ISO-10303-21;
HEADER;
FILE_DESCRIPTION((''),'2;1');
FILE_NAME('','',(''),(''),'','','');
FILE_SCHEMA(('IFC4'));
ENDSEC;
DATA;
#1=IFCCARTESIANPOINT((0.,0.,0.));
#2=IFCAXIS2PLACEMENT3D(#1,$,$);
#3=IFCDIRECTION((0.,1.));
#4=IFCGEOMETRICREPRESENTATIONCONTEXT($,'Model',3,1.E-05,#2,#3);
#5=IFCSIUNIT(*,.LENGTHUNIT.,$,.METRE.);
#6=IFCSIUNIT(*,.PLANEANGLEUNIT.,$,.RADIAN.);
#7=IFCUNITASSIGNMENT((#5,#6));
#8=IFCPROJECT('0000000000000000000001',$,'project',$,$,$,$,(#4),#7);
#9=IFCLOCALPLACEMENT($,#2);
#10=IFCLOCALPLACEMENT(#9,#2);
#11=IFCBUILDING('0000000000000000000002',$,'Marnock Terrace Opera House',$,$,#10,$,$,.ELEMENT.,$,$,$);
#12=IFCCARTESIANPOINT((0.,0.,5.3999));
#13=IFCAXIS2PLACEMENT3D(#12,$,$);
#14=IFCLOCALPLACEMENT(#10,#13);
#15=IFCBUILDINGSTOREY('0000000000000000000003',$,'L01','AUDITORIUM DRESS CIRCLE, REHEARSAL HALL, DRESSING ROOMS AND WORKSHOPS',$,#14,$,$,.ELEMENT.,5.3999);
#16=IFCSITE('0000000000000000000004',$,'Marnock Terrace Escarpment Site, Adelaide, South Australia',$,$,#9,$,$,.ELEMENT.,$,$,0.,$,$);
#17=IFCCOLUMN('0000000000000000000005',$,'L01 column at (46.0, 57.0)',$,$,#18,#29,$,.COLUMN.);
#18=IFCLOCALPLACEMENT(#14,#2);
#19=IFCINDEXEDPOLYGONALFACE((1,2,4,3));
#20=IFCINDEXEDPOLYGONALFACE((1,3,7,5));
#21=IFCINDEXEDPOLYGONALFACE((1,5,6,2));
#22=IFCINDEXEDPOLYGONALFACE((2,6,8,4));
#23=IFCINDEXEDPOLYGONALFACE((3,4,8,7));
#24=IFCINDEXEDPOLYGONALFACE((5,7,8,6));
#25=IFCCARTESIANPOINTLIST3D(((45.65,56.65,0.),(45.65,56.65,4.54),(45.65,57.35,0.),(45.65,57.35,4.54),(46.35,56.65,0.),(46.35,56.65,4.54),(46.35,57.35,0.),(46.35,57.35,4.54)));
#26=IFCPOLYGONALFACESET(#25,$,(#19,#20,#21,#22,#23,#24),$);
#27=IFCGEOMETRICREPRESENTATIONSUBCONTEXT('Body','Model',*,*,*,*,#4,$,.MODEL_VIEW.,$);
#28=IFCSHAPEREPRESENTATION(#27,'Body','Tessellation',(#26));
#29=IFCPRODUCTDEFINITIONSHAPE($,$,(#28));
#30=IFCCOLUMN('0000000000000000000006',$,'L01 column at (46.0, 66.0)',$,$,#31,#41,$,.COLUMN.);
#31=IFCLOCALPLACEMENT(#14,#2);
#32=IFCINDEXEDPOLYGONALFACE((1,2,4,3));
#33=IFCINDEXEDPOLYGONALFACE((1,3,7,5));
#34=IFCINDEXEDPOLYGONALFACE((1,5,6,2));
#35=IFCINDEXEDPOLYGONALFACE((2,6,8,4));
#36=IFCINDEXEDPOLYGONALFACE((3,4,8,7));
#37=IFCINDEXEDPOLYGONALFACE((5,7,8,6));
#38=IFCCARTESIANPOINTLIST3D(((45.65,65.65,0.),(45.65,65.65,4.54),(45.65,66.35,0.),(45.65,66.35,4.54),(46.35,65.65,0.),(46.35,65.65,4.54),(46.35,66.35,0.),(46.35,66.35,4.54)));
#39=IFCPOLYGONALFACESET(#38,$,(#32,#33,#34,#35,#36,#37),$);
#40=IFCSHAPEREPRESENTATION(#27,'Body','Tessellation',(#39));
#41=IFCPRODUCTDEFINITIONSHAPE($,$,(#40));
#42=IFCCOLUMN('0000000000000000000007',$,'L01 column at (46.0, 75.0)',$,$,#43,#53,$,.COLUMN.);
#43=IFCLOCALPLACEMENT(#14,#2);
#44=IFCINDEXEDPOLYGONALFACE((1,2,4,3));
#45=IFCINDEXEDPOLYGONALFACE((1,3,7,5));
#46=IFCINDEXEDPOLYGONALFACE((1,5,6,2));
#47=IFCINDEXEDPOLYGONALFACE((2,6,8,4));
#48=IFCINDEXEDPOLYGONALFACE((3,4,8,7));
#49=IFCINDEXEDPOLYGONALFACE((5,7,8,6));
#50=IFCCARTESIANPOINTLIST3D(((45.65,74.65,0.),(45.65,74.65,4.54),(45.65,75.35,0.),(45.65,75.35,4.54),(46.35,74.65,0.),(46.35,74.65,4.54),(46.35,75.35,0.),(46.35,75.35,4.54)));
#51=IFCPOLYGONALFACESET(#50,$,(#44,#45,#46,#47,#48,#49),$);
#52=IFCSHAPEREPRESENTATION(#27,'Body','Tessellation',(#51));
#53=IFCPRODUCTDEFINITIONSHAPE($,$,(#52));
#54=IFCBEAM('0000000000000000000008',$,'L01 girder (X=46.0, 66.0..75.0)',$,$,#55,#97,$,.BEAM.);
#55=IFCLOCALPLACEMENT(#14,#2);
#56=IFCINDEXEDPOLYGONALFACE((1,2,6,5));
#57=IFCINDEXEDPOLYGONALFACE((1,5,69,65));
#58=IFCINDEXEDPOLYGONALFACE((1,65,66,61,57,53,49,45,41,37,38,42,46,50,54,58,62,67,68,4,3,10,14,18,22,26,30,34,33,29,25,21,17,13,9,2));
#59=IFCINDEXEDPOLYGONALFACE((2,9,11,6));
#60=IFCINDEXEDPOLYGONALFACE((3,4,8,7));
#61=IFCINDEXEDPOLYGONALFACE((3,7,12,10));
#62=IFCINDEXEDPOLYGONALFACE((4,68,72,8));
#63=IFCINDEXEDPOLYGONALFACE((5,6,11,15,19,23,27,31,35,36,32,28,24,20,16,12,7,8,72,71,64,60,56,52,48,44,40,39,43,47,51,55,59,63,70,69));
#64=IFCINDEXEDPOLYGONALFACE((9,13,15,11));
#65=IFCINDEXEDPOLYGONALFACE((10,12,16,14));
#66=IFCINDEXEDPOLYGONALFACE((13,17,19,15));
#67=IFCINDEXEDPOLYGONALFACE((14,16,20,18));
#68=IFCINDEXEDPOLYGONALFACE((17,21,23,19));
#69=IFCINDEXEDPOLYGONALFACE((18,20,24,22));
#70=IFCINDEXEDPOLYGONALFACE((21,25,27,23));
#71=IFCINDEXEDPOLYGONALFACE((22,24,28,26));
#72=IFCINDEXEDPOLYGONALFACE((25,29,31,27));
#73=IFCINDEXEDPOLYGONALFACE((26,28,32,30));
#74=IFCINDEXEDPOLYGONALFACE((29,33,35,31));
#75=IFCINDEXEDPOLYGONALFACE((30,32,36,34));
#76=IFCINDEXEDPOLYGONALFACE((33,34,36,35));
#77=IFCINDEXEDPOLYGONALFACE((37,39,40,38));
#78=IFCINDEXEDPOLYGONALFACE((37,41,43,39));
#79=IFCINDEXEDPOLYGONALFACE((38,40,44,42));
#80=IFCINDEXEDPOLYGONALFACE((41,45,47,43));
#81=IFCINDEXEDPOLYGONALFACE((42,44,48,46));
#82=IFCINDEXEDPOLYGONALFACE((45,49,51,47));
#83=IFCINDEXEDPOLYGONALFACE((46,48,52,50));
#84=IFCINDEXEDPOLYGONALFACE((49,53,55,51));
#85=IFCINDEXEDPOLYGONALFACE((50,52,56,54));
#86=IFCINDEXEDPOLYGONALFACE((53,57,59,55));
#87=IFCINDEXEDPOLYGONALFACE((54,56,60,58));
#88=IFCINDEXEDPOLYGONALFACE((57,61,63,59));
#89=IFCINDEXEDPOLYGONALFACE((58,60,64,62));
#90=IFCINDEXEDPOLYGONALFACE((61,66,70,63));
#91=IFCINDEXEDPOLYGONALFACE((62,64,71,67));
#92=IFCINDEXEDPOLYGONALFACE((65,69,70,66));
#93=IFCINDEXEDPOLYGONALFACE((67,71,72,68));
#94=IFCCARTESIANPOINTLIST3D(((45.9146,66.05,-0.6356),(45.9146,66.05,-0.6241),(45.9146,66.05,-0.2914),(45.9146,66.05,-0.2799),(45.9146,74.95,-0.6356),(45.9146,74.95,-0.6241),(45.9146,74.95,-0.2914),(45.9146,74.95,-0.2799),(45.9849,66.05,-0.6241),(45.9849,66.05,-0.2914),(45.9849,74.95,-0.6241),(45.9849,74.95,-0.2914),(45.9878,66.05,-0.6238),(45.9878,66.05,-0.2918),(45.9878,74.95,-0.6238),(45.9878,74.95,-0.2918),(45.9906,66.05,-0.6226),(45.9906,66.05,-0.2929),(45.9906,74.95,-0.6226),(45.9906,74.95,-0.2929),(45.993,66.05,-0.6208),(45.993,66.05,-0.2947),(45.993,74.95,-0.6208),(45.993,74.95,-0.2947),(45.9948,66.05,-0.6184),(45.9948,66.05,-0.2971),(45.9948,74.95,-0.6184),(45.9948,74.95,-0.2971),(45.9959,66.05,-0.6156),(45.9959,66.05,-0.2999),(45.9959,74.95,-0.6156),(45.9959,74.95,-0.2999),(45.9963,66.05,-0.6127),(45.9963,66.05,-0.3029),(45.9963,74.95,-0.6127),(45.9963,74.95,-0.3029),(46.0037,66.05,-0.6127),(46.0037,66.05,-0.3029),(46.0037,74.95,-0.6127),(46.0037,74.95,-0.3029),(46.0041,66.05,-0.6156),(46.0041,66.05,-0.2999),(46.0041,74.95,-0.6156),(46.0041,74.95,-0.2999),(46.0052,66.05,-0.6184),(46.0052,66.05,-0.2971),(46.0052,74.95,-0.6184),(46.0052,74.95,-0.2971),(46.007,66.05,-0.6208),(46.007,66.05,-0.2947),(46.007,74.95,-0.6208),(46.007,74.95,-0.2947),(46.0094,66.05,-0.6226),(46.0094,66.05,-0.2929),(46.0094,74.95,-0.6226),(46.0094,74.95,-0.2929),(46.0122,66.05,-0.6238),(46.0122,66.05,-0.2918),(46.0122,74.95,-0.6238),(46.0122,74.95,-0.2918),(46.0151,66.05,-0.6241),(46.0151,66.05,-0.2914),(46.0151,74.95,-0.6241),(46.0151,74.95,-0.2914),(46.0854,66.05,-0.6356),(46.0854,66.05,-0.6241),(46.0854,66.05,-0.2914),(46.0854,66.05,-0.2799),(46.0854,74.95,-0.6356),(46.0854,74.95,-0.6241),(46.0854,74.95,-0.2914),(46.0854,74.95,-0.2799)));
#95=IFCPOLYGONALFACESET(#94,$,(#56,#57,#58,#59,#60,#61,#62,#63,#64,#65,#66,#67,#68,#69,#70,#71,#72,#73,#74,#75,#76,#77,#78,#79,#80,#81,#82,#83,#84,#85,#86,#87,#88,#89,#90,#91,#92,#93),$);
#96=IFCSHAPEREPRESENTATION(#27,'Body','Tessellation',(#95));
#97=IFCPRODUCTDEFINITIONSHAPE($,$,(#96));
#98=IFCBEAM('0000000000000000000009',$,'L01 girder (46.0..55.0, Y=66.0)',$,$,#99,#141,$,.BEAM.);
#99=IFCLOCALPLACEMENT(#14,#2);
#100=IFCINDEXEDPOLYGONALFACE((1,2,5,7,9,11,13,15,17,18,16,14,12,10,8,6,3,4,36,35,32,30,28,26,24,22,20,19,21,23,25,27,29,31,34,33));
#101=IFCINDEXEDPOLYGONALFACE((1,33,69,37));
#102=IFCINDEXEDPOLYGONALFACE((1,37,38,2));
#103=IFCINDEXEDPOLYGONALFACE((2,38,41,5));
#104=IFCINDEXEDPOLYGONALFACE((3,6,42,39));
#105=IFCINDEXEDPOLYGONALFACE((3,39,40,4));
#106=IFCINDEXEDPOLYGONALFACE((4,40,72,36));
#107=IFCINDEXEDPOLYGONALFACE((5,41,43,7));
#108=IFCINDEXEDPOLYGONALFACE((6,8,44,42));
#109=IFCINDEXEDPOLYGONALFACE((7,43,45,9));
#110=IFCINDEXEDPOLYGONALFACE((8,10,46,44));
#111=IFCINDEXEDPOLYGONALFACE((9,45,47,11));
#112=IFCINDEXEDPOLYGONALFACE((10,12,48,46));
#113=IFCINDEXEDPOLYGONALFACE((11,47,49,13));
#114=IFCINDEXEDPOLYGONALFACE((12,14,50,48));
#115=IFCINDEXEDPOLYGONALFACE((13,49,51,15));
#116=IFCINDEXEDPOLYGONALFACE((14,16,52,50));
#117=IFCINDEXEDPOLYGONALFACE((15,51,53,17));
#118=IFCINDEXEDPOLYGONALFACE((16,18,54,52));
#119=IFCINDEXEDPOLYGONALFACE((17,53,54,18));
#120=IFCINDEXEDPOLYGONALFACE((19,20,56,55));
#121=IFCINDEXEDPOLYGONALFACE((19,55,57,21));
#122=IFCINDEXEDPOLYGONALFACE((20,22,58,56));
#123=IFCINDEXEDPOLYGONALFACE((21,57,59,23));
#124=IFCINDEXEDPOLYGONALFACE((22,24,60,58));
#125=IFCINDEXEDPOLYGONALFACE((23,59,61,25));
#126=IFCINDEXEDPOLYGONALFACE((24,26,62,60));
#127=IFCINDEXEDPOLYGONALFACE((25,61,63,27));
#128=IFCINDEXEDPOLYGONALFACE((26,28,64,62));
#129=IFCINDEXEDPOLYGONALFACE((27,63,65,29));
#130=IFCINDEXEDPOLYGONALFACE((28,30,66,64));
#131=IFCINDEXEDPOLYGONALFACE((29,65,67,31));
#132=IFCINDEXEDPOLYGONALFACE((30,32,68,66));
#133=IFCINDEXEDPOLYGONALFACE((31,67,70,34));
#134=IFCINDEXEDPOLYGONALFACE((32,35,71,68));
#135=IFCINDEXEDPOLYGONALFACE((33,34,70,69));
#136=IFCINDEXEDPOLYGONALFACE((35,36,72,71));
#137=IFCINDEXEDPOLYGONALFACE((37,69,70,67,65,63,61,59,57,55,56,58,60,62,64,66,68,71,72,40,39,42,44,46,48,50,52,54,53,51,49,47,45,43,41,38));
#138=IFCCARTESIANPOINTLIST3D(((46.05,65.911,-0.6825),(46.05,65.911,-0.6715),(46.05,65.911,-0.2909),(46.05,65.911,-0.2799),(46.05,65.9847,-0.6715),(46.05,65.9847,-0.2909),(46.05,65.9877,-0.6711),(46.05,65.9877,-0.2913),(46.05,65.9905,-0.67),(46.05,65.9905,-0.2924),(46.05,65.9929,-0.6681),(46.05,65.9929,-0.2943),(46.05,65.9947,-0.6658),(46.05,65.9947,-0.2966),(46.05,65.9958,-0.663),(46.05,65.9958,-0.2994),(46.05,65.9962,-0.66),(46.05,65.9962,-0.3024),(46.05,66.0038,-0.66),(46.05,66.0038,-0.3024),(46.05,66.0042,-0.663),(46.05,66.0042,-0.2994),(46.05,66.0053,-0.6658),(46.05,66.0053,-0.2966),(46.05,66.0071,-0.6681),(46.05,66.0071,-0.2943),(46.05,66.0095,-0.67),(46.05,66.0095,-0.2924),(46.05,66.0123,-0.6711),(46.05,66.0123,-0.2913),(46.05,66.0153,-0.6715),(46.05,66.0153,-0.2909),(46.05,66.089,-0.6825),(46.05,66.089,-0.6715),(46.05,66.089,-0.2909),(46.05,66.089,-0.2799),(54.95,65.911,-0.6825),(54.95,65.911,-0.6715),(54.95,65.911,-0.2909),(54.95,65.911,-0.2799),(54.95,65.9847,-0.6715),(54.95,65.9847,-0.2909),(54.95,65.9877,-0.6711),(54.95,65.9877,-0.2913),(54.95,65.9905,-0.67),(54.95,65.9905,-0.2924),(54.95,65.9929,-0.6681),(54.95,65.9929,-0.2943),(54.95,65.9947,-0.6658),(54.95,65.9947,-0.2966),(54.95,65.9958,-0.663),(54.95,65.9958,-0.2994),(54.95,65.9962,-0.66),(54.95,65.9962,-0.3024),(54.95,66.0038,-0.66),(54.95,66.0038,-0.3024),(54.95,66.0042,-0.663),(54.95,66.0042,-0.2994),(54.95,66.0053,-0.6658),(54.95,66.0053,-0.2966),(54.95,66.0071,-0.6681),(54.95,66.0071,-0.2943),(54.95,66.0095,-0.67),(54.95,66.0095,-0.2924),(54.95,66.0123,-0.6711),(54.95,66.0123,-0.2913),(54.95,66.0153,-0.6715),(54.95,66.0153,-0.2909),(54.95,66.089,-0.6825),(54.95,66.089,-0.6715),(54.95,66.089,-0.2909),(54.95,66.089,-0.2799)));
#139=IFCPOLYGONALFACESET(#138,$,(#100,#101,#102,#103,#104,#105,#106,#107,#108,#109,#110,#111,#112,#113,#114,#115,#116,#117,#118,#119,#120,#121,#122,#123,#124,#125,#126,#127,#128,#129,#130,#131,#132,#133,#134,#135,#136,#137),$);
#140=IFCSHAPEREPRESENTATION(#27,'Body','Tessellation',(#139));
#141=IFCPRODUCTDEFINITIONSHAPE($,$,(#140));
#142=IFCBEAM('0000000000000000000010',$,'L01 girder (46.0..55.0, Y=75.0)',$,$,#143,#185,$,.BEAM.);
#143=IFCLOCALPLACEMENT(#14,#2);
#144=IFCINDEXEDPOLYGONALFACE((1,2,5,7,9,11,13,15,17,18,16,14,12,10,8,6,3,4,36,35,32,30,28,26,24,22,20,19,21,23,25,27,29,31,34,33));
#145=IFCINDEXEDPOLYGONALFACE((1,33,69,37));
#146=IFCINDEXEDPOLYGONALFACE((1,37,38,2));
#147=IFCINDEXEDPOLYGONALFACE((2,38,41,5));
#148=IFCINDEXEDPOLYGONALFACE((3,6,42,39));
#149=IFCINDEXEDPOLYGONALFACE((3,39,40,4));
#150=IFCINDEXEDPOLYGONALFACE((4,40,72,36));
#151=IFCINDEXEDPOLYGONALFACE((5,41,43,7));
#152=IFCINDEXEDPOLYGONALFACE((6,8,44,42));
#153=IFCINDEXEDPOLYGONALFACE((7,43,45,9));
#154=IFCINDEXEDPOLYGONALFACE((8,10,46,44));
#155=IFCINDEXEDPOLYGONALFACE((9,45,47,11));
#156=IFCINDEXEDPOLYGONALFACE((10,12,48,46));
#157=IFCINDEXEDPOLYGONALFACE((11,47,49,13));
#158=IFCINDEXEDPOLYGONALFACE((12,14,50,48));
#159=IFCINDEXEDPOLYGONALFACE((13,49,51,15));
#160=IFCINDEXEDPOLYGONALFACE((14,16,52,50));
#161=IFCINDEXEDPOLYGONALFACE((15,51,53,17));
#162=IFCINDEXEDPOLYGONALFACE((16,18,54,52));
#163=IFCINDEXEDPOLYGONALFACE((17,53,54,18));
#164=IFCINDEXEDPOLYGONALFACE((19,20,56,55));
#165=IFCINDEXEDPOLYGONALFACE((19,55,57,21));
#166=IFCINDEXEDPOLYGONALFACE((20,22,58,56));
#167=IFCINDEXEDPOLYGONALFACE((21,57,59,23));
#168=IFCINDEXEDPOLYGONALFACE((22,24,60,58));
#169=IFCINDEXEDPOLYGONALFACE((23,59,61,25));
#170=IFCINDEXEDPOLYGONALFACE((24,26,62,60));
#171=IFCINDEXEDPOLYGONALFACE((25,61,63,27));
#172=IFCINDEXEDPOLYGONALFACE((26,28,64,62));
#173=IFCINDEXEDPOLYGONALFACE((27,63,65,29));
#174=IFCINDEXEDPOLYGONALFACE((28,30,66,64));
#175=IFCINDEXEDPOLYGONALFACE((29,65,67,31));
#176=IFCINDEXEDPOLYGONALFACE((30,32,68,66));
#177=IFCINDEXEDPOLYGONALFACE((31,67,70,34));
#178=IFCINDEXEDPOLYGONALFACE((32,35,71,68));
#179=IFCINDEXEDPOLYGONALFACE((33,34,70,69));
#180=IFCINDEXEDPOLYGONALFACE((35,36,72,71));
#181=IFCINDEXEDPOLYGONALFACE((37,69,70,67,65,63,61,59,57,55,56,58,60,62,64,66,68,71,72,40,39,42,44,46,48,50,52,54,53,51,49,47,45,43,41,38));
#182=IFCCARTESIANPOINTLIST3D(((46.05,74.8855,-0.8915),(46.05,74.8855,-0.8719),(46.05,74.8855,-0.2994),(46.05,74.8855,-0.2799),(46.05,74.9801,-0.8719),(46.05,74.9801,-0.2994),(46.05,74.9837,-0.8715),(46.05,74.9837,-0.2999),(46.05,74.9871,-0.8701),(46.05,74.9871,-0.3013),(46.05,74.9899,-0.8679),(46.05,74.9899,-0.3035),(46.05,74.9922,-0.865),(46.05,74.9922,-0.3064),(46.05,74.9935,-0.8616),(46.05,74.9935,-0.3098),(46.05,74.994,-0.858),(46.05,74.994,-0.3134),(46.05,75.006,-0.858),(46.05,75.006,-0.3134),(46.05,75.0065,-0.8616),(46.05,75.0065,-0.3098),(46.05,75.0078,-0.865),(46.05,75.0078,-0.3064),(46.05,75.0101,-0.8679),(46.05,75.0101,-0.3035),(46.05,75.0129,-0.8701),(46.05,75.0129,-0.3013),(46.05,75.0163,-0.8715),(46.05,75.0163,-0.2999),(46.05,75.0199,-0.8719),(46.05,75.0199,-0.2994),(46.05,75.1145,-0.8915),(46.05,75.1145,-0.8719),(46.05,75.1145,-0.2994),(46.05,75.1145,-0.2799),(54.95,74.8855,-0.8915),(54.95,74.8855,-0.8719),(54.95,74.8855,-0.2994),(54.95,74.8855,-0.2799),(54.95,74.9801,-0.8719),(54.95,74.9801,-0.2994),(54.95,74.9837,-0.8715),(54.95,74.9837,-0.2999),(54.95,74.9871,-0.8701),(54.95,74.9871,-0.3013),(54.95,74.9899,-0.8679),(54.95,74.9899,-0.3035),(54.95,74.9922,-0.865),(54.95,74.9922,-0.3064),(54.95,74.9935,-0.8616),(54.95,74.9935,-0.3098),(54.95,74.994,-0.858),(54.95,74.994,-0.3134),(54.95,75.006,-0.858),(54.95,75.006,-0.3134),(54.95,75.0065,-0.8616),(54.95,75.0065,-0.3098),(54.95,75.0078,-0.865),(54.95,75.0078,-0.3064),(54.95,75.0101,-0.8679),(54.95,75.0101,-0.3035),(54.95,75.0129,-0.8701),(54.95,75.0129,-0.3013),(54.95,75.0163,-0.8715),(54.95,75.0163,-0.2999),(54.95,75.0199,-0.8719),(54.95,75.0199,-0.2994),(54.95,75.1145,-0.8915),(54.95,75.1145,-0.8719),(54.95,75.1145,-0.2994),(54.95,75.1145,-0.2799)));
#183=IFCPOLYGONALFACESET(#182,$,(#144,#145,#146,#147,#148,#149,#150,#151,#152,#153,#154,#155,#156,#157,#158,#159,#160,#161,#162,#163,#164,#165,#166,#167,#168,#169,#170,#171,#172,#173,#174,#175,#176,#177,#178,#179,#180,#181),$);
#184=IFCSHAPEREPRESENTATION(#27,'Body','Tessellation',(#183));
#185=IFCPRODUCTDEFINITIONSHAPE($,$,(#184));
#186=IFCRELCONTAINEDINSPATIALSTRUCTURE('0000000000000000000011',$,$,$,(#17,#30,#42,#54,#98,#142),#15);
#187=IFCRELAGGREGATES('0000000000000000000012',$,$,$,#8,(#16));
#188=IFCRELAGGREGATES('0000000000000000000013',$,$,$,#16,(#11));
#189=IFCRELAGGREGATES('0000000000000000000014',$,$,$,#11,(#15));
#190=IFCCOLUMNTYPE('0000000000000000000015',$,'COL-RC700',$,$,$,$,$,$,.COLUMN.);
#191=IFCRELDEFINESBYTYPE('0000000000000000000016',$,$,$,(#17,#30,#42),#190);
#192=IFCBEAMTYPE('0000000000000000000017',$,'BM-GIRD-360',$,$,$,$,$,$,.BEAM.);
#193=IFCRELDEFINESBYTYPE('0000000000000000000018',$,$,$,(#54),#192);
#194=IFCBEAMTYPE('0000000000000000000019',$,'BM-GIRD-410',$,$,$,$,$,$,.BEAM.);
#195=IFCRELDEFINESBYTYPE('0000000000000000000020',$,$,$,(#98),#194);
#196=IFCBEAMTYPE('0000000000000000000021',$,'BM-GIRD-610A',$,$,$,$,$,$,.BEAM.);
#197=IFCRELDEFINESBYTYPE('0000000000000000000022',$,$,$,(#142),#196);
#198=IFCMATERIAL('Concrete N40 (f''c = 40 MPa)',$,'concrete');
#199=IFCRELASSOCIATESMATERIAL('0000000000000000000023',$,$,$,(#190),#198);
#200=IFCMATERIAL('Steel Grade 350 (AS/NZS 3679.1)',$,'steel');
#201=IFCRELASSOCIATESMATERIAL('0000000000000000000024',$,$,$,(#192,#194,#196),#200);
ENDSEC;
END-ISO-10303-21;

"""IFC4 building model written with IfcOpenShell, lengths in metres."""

from ifc_helpers import new_model, si_unit, direction, frame, origin, origin_2d, place, context, subcontext, project, spatial, rectangle, i_section, extrude, material, material_profile, profile_set, type_object, element, save


model = new_model("IFC4")

# Units and contexts
model_context = context("Model", 3, precision=1e-05, world=origin(), true_north=direction((0.0, 1.0)))
body_context = subcontext(model_context, "Body", "Model", "MODEL_VIEW")
ifc_project = project(units=[si_unit("LENGTHUNIT", "METRE"), si_unit("PLANEANGLEUNIT", "RADIAN")], contexts=[model_context])

# Site, building, storey
site_placement = place(None, origin())
site = spatial("IfcSite", under=ifc_project, at=site_placement, Name="Marnock Terrace Escarpment Site, Adelaide, South Australia", CompositionType="ELEMENT", RefElevation=0.0)
building_placement = place(site_placement, origin())
building = spatial("IfcBuilding", under=site, at=building_placement, Name="Marnock Terrace Opera House", CompositionType="ELEMENT")
storey_placement = place(building_placement, frame((0.0, 0.0, 5.3999)))
storey = spatial("IfcBuildingStorey", under=building, at=storey_placement, Name="L01", Description="AUDITORIUM DRESS CIRCLE, REHEARSAL HALL, DRESSING ROOMS AND WORKSHOPS", CompositionType="ELEMENT", Elevation=5.3999)

# Columns
ifc_material_1 = material(Name="Concrete N40 (f'c = 40 MPa)", Category="concrete")
ifc_material_profile_1 = material_profile(ifc_material_1, rectangle(XDim=0.7, YDim=0.7, at=origin_2d()))
ifc_profile_set_1 = profile_set([ifc_material_profile_1], Name="Concrete N40 (f'c = 40 MPa)")
column_type = type_object("IfcColumnType", Name="COL-RC700", PredefinedType="COLUMN", material=ifc_profile_set_1)
for number, where, z_axis, x_axis, name in (
    (1, (46.0, 57.0, 0.0), (0.0, 0.0, 1.0), (1.0, 0.0, 0.0), "L01 column at (46.0, 57.0)"),
    (2, (46.0, 66.0, 0.0), (0.0, 0.0, 1.0), (1.0, 0.0, 0.0), "L01 column at (46.0, 66.0)"),
    (3, (46.0, 75.0, 0.0), (0.0, 0.0, 1.0), (1.0, 0.0, 0.0), "L01 column at (46.0, 75.0)"),
):
    element("IfcColumn", number, at=place(storey_placement, frame(where, z_axis=z_axis, x_axis=x_axis)), inside=storey, type_object=column_type, Name=name, PredefinedType="COLUMN", context=body_context, shape_type="SweptSolid", body=[
        extrude(rectangle(XDim=0.7, YDim=0.7, at=origin_2d()), origin(), (0.0, 0.0, 1.0), 4.54),
    ])

# Beams
ifc_material_2 = material(Name="Steel Grade 350 (AS/NZS 3679.1)", Category="steel")
ifc_material_profile_2 = material_profile(ifc_material_2, i_section(OverallWidth=0.1709, OverallDepth=0.3557, WebThickness=0.0073, FlangeThickness=0.0115, FilletRadius=0.0115, at=origin_2d()))
ifc_profile_set_2 = profile_set([ifc_material_profile_2], Name="Steel Grade 350 (AS/NZS 3679.1)")
beam_type_1 = type_object("IfcBeamType", Name="BM-GIRD-360", PredefinedType="BEAM", material=ifc_profile_set_2)
beam_1_placement = place(storey_placement, frame((46.0, 66.05, -0.4578), z_axis=(0.0, 1.0, 0.0), x_axis=(-1.0, 0.0, 0.0)))
element("IfcBeam", 4, at=beam_1_placement, inside=storey, type_object=beam_type_1, Name="L01 girder (X=46.0, 66.0..75.0)", PredefinedType="BEAM", context=body_context, shape_type="SweptSolid", body=[
    extrude(i_section(OverallWidth=0.1709, OverallDepth=0.3557, WebThickness=0.0073, FlangeThickness=0.0115, FilletRadius=0.0115, at=origin_2d()), origin(), (0.0, 0.0, 1.0), 8.8999),
])
ifc_material_profile_3 = material_profile(ifc_material_2, i_section(OverallWidth=0.178, OverallDepth=0.4026, WebThickness=0.0076, FlangeThickness=0.011, FilletRadius=0.0115, at=origin_2d()))
ifc_profile_set_3 = profile_set([ifc_material_profile_3], Name="Steel Grade 350 (AS/NZS 3679.1)")
beam_type_2 = type_object("IfcBeamType", Name="BM-GIRD-410", PredefinedType="BEAM", material=ifc_profile_set_3)
beam_2_placement = place(storey_placement, frame((46.05, 66.0, -0.4812), z_axis=(1.0, 0.0, 0.0), x_axis=(0.0, 1.0, 0.0)))
element("IfcBeam", 5, at=beam_2_placement, inside=storey, type_object=beam_type_2, Name="L01 girder (46.0..55.0, Y=66.0)", PredefinedType="BEAM", context=body_context, shape_type="SweptSolid", body=[
    extrude(i_section(OverallWidth=0.178, OverallDepth=0.4026, WebThickness=0.0076, FlangeThickness=0.011, FilletRadius=0.0115, at=origin_2d()), origin(), (0.0, 0.0, 1.0), 8.8999),
])
ifc_material_profile_4 = material_profile(ifc_material_2, i_section(OverallWidth=0.229, OverallDepth=0.6116, WebThickness=0.012, FlangeThickness=0.0195, FilletRadius=0.0139, at=origin_2d()))
ifc_profile_set_4 = profile_set([ifc_material_profile_4], Name="Steel Grade 350 (AS/NZS 3679.1)")
beam_type_3 = type_object("IfcBeamType", Name="BM-GIRD-610A", PredefinedType="BEAM", material=ifc_profile_set_4)
beam_3_placement = place(storey_placement, frame((46.05, 75.0, -0.5857), z_axis=(1.0, 0.0, 0.0), x_axis=(0.0, 1.0, 0.0)))
element("IfcBeam", 6, at=beam_3_placement, inside=storey, type_object=beam_type_3, Name="L01 girder (46.0..55.0, Y=75.0)", PredefinedType="BEAM", context=body_context, shape_type="SweptSolid", body=[
    extrude(i_section(OverallWidth=0.229, OverallDepth=0.6116, WebThickness=0.012, FlangeThickness=0.0195, FilletRadius=0.0139, at=origin_2d()), origin(), (0.0, 0.0, 1.0), 8.8999),
])

save(model, "model.ifc")
